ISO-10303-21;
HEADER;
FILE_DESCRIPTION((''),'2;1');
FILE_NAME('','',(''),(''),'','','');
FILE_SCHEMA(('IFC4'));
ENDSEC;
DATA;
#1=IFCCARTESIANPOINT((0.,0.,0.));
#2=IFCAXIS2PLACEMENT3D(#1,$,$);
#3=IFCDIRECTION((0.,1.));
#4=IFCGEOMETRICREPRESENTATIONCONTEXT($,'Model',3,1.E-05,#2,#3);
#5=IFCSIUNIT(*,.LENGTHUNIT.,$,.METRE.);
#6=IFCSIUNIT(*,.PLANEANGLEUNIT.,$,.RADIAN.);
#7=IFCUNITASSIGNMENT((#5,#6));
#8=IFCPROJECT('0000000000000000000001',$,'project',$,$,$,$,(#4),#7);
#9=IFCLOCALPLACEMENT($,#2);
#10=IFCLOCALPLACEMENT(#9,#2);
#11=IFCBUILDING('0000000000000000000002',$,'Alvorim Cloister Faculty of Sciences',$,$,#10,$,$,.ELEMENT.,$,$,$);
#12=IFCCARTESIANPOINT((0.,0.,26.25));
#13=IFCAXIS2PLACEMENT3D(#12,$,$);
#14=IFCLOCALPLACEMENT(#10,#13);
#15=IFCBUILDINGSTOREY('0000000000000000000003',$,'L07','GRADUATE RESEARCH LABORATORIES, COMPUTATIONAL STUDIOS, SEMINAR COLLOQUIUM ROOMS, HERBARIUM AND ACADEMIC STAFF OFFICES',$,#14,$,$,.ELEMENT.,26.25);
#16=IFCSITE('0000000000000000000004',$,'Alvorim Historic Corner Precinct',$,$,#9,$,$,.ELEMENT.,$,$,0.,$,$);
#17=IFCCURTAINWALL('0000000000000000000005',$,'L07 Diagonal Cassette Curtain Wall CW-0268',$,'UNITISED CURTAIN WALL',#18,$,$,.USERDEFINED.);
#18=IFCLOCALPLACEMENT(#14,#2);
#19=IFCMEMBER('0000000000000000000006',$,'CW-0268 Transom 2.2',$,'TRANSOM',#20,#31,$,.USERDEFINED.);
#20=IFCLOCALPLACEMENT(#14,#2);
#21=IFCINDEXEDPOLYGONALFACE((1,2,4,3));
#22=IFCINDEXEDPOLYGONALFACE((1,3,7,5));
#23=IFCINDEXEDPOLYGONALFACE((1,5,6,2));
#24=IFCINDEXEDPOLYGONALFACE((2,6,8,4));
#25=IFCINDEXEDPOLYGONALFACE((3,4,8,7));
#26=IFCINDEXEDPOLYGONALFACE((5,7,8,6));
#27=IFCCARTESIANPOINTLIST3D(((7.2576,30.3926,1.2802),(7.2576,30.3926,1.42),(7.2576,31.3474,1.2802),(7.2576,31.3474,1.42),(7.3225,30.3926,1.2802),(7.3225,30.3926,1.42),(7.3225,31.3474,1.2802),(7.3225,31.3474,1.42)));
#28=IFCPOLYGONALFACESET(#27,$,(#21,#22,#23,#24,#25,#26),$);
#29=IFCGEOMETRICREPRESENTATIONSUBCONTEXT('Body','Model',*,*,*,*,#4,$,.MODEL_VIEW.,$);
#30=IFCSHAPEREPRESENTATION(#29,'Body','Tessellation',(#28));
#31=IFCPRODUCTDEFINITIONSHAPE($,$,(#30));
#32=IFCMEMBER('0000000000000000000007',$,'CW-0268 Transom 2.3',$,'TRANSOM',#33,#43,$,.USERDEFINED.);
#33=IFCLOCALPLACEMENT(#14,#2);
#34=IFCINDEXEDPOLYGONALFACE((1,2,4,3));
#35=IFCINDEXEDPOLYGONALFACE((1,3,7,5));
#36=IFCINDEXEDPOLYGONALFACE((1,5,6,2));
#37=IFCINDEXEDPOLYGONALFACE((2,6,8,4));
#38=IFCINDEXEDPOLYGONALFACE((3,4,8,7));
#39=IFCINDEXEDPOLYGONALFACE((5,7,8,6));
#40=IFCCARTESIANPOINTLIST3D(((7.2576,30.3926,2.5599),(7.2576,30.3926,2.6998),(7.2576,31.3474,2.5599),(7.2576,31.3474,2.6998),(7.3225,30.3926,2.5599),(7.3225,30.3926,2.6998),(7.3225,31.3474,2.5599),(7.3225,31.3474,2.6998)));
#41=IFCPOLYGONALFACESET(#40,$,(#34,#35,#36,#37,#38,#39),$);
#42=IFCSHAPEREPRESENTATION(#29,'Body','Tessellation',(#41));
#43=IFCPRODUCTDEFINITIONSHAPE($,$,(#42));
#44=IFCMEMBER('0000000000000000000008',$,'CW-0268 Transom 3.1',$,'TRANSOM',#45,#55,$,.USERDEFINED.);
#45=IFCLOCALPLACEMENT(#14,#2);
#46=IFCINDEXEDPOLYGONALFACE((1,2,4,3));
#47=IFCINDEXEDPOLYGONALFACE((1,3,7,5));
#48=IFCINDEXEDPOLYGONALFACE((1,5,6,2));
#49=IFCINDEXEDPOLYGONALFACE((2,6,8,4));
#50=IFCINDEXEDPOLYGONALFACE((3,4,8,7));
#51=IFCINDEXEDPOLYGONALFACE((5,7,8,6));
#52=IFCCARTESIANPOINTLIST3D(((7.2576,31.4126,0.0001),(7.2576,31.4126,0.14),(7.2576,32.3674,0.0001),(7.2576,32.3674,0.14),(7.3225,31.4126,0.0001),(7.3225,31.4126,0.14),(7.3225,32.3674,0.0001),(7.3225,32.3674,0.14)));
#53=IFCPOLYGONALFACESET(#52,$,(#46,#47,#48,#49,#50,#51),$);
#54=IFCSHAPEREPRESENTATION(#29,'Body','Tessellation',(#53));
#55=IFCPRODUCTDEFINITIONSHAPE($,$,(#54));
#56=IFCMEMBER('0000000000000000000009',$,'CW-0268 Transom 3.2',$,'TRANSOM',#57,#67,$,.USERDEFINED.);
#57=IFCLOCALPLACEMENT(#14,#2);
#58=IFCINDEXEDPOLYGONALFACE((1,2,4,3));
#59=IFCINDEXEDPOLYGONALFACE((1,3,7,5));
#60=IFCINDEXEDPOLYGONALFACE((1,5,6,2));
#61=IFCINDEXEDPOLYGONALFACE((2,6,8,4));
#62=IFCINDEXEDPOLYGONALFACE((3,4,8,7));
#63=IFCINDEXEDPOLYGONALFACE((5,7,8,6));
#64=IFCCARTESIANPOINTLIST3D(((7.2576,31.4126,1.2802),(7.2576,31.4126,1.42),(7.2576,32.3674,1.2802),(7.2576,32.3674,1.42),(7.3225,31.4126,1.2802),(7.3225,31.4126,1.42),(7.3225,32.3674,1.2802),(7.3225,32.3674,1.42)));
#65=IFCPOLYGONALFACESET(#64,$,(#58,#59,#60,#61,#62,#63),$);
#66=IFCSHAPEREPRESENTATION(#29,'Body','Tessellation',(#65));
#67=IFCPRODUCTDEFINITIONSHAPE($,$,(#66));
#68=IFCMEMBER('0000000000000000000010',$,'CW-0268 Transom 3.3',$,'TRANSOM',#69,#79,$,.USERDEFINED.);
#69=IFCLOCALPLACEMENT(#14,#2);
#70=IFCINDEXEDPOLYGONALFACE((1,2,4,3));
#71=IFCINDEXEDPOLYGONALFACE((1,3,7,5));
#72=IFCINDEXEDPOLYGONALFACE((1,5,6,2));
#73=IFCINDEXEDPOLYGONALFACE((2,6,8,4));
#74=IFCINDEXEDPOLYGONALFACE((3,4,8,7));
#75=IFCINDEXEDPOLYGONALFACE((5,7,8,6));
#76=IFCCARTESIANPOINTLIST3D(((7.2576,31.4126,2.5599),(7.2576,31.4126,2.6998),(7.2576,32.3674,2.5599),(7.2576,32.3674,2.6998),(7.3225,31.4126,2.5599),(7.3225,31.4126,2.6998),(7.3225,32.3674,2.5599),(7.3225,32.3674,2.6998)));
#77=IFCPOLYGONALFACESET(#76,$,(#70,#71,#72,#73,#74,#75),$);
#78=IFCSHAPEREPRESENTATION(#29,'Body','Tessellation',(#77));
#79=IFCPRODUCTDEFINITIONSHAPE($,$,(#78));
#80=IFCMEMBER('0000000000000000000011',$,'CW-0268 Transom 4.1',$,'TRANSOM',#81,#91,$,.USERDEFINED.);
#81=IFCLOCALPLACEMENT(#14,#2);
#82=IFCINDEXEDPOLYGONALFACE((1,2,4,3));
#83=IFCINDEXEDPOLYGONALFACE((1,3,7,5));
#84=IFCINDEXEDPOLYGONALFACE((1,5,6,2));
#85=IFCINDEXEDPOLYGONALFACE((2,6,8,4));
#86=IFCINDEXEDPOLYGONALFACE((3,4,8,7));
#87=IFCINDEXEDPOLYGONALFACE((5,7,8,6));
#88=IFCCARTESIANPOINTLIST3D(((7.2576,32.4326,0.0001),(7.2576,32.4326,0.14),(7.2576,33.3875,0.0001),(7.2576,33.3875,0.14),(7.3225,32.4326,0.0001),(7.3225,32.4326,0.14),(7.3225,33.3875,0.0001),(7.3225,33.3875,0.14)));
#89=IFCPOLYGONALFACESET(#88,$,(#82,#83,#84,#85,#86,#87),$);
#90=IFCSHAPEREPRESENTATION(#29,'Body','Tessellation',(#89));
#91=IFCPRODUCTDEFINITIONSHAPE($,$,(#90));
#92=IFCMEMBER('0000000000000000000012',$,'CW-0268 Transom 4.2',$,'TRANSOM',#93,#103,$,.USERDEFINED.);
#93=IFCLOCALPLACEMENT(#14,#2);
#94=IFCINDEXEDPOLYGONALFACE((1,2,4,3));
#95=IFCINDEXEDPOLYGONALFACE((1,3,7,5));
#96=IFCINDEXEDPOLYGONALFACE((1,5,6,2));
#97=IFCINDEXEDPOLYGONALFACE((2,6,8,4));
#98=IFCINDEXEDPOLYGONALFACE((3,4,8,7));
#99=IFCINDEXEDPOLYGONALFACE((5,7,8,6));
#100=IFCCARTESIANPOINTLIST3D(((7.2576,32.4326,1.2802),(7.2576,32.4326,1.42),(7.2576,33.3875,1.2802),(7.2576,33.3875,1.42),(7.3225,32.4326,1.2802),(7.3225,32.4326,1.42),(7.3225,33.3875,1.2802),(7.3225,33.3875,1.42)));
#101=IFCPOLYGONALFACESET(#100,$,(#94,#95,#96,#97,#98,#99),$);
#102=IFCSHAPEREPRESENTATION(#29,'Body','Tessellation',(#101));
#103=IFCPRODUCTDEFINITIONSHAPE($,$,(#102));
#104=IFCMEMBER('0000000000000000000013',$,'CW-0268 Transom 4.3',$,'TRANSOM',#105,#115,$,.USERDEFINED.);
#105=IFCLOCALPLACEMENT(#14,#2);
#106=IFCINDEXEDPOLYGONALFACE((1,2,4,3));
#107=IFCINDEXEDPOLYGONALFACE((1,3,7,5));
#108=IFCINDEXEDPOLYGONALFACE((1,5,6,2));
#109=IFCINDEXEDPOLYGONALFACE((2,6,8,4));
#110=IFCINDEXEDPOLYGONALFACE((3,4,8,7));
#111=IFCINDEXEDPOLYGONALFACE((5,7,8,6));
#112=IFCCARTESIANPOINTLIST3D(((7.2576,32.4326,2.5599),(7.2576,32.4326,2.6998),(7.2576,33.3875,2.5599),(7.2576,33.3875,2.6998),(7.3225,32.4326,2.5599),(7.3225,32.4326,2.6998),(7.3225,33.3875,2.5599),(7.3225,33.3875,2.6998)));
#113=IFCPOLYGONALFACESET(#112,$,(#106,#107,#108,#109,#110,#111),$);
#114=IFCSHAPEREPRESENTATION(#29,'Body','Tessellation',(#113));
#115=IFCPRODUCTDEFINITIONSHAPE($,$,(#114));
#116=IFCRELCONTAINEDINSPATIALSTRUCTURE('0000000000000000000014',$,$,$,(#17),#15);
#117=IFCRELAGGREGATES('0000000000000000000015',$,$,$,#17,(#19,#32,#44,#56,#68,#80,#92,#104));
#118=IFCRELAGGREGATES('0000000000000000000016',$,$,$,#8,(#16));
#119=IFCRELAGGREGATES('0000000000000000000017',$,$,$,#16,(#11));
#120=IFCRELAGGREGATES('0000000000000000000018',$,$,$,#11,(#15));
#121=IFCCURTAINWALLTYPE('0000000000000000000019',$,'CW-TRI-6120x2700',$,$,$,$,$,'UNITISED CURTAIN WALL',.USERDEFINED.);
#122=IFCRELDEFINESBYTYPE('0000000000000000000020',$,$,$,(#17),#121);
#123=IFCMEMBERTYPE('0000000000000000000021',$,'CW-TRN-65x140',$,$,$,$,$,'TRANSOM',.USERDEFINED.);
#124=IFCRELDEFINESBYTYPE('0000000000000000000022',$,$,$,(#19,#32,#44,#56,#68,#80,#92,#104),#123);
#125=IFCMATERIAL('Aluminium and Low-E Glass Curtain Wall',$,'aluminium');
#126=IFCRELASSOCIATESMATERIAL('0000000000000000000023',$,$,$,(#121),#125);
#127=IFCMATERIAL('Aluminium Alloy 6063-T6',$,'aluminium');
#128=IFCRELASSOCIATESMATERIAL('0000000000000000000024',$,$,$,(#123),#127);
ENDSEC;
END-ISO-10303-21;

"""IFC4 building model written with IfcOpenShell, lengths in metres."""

from ifc_helpers import new_model, si_unit, direction, frame, origin, origin_2d, place, context, subcontext, project, spatial, rectangle, extrude, material, material_profile, profile_set, type_object, element, aggregate, save


model = new_model("IFC4")

# Units and contexts
model_context = context("Model", 3, precision=1e-05, world=origin(), true_north=direction((0.0, 1.0)))
body_context = subcontext(model_context, "Body", "Model", "MODEL_VIEW")
ifc_project = project(units=[si_unit("LENGTHUNIT", "METRE"), si_unit("PLANEANGLEUNIT", "RADIAN")], contexts=[model_context])

# Site, building, storey
site_placement = place(None, origin())
site = spatial("IfcSite", under=ifc_project, at=site_placement, Name="Alvorim Historic Corner Precinct", CompositionType="ELEMENT", RefElevation=0.0)
building_placement = place(site_placement, origin())
building = spatial("IfcBuilding", under=site, at=building_placement, Name="Alvorim Cloister Faculty of Sciences", CompositionType="ELEMENT")
storey_placement = place(building_placement, frame((0.0, 0.0, 26.25)))
storey = spatial("IfcBuildingStorey", under=building, at=storey_placement, Name="L07", Description="GRADUATE RESEARCH LABORATORIES, COMPUTATIONAL STUDIOS, SEMINAR COLLOQUIUM ROOMS, HERBARIUM AND ACADEMIC STAFF OFFICES", CompositionType="ELEMENT", Elevation=26.25)

# Curtain wall
ifc_material_1 = material(Name="Aluminium and Low-E Glass Curtain Wall", Category="aluminium")
curtain_wall_type = type_object("IfcCurtainWallType", Name="CW-TRI-6120x2700", ElementType="UNITISED CURTAIN WALL", PredefinedType="USERDEFINED", material=ifc_material_1)
ifc_material_2 = material(Name="Aluminium Alloy 6063-T6", Category="aluminium")
curtain_wall_1_placement = place(storey_placement, origin())
curtain_wall_1 = element("IfcCurtainWall", 1, at=curtain_wall_1_placement, inside=storey, type_object=curtain_wall_type, Name="L07 Diagonal Cassette Curtain Wall CW-0268", ObjectType="UNITISED CURTAIN WALL", PredefinedType="USERDEFINED")

# Members
ifc_material_profile_1 = material_profile(ifc_material_2, rectangle(XDim=0.0649, YDim=0.1399, at=origin_2d()), Name="ALU-TRN-65x140")
ifc_profile_set_1 = profile_set([ifc_material_profile_1], Name="Aluminium Alloy 6063-T6")
member_type_1 = type_object("IfcMemberType", Name="CW-TRN-65x140", ElementType="TRANSOM", PredefinedType="USERDEFINED", material=ifc_profile_set_1)
member_1_placement = place(storey_placement, frame((7.29, 30.3926, 1.3501), z_axis=(0.0, 1.0, 0.0), x_axis=(-1.0, 0.0, 0.0)))
member_1 = element("IfcMember", 2, at=member_1_placement, type_object=member_type_1, Name="CW-0268 Transom 2.2", ObjectType="TRANSOM", PredefinedType="USERDEFINED", context=body_context, shape_type="SweptSolid", body=[
    extrude(rectangle(XDim=0.0649, YDim=0.1399, at=origin_2d()), origin(), (0.0, 0.0, 1.0), 0.9548),
])
member_2_placement = place(storey_placement, frame((7.29, 30.3926, 2.6299), z_axis=(0.0, 1.0, 0.0), x_axis=(-1.0, 0.0, 0.0)))
member_2 = element("IfcMember", 3, at=member_2_placement, type_object=member_type_1, Name="CW-0268 Transom 2.3", ObjectType="TRANSOM", PredefinedType="USERDEFINED", context=body_context, shape_type="SweptSolid", body=[
    extrude(rectangle(XDim=0.0649, YDim=0.1399, at=origin_2d()), origin(), (0.0, 0.0, 1.0), 0.9548),
])
member_3_placement = place(storey_placement, frame((7.29, 31.4126, 0.0701), z_axis=(0.0, 1.0, 0.0), x_axis=(-1.0, 0.0, 0.0)))
member_3 = element("IfcMember", 4, at=member_3_placement, type_object=member_type_1, Name="CW-0268 Transom 3.1", ObjectType="TRANSOM", PredefinedType="USERDEFINED", context=body_context, shape_type="SweptSolid", body=[
    extrude(rectangle(XDim=0.0649, YDim=0.1399, at=origin_2d()), origin(), (0.0, 0.0, 1.0), 0.9548),
])
member_4_placement = place(storey_placement, frame((7.29, 31.4126, 1.3501), z_axis=(0.0, 1.0, 0.0), x_axis=(-1.0, 0.0, 0.0)))
member_4 = element("IfcMember", 5, at=member_4_placement, type_object=member_type_1, Name="CW-0268 Transom 3.2", ObjectType="TRANSOM", PredefinedType="USERDEFINED", context=body_context, shape_type="SweptSolid", body=[
    extrude(rectangle(XDim=0.0649, YDim=0.1399, at=origin_2d()), origin(), (0.0, 0.0, 1.0), 0.9548),
])
member_5_placement = place(storey_placement, frame((7.29, 31.4126, 2.6299), z_axis=(0.0, 1.0, 0.0), x_axis=(-1.0, 0.0, 0.0)))
member_5 = element("IfcMember", 6, at=member_5_placement, type_object=member_type_1, Name="CW-0268 Transom 3.3", ObjectType="TRANSOM", PredefinedType="USERDEFINED", context=body_context, shape_type="SweptSolid", body=[
    extrude(rectangle(XDim=0.0649, YDim=0.1399, at=origin_2d()), origin(), (0.0, 0.0, 1.0), 0.9548),
])
member_6_placement = place(storey_placement, frame((7.29, 32.4326, 0.0701), z_axis=(0.0, 1.0, 0.0), x_axis=(-1.0, 0.0, 0.0)))
member_6 = element("IfcMember", 7, at=member_6_placement, type_object=member_type_1, Name="CW-0268 Transom 4.1", ObjectType="TRANSOM", PredefinedType="USERDEFINED", context=body_context, shape_type="SweptSolid", body=[
    extrude(rectangle(XDim=0.0649, YDim=0.1399, at=origin_2d()), origin(), (0.0, 0.0, 1.0), 0.9548),
])
member_7_placement = place(storey_placement, frame((7.29, 32.4326, 1.3501), z_axis=(0.0, 1.0, 0.0), x_axis=(-1.0, 0.0, 0.0)))
member_7 = element("IfcMember", 8, at=member_7_placement, type_object=member_type_1, Name="CW-0268 Transom 4.2", ObjectType="TRANSOM", PredefinedType="USERDEFINED", context=body_context, shape_type="SweptSolid", body=[
    extrude(rectangle(XDim=0.0649, YDim=0.1399, at=origin_2d()), origin(), (0.0, 0.0, 1.0), 0.9548),
])
member_8_placement = place(storey_placement, frame((7.29, 32.4326, 2.6299), z_axis=(0.0, 1.0, 0.0), x_axis=(-1.0, 0.0, 0.0)))
member_8 = element("IfcMember", 9, at=member_8_placement, type_object=member_type_1, Name="CW-0268 Transom 4.3", ObjectType="TRANSOM", PredefinedType="USERDEFINED", context=body_context, shape_type="SweptSolid", body=[
    extrude(rectangle(XDim=0.0649, YDim=0.1399, at=origin_2d()), origin(), (0.0, 0.0, 1.0), 0.9548),
])
aggregate(curtain_wall_1, [member_1, member_2, member_3, member_4, member_5, member_6, member_7, member_8])

save(model, "model.ifc")
